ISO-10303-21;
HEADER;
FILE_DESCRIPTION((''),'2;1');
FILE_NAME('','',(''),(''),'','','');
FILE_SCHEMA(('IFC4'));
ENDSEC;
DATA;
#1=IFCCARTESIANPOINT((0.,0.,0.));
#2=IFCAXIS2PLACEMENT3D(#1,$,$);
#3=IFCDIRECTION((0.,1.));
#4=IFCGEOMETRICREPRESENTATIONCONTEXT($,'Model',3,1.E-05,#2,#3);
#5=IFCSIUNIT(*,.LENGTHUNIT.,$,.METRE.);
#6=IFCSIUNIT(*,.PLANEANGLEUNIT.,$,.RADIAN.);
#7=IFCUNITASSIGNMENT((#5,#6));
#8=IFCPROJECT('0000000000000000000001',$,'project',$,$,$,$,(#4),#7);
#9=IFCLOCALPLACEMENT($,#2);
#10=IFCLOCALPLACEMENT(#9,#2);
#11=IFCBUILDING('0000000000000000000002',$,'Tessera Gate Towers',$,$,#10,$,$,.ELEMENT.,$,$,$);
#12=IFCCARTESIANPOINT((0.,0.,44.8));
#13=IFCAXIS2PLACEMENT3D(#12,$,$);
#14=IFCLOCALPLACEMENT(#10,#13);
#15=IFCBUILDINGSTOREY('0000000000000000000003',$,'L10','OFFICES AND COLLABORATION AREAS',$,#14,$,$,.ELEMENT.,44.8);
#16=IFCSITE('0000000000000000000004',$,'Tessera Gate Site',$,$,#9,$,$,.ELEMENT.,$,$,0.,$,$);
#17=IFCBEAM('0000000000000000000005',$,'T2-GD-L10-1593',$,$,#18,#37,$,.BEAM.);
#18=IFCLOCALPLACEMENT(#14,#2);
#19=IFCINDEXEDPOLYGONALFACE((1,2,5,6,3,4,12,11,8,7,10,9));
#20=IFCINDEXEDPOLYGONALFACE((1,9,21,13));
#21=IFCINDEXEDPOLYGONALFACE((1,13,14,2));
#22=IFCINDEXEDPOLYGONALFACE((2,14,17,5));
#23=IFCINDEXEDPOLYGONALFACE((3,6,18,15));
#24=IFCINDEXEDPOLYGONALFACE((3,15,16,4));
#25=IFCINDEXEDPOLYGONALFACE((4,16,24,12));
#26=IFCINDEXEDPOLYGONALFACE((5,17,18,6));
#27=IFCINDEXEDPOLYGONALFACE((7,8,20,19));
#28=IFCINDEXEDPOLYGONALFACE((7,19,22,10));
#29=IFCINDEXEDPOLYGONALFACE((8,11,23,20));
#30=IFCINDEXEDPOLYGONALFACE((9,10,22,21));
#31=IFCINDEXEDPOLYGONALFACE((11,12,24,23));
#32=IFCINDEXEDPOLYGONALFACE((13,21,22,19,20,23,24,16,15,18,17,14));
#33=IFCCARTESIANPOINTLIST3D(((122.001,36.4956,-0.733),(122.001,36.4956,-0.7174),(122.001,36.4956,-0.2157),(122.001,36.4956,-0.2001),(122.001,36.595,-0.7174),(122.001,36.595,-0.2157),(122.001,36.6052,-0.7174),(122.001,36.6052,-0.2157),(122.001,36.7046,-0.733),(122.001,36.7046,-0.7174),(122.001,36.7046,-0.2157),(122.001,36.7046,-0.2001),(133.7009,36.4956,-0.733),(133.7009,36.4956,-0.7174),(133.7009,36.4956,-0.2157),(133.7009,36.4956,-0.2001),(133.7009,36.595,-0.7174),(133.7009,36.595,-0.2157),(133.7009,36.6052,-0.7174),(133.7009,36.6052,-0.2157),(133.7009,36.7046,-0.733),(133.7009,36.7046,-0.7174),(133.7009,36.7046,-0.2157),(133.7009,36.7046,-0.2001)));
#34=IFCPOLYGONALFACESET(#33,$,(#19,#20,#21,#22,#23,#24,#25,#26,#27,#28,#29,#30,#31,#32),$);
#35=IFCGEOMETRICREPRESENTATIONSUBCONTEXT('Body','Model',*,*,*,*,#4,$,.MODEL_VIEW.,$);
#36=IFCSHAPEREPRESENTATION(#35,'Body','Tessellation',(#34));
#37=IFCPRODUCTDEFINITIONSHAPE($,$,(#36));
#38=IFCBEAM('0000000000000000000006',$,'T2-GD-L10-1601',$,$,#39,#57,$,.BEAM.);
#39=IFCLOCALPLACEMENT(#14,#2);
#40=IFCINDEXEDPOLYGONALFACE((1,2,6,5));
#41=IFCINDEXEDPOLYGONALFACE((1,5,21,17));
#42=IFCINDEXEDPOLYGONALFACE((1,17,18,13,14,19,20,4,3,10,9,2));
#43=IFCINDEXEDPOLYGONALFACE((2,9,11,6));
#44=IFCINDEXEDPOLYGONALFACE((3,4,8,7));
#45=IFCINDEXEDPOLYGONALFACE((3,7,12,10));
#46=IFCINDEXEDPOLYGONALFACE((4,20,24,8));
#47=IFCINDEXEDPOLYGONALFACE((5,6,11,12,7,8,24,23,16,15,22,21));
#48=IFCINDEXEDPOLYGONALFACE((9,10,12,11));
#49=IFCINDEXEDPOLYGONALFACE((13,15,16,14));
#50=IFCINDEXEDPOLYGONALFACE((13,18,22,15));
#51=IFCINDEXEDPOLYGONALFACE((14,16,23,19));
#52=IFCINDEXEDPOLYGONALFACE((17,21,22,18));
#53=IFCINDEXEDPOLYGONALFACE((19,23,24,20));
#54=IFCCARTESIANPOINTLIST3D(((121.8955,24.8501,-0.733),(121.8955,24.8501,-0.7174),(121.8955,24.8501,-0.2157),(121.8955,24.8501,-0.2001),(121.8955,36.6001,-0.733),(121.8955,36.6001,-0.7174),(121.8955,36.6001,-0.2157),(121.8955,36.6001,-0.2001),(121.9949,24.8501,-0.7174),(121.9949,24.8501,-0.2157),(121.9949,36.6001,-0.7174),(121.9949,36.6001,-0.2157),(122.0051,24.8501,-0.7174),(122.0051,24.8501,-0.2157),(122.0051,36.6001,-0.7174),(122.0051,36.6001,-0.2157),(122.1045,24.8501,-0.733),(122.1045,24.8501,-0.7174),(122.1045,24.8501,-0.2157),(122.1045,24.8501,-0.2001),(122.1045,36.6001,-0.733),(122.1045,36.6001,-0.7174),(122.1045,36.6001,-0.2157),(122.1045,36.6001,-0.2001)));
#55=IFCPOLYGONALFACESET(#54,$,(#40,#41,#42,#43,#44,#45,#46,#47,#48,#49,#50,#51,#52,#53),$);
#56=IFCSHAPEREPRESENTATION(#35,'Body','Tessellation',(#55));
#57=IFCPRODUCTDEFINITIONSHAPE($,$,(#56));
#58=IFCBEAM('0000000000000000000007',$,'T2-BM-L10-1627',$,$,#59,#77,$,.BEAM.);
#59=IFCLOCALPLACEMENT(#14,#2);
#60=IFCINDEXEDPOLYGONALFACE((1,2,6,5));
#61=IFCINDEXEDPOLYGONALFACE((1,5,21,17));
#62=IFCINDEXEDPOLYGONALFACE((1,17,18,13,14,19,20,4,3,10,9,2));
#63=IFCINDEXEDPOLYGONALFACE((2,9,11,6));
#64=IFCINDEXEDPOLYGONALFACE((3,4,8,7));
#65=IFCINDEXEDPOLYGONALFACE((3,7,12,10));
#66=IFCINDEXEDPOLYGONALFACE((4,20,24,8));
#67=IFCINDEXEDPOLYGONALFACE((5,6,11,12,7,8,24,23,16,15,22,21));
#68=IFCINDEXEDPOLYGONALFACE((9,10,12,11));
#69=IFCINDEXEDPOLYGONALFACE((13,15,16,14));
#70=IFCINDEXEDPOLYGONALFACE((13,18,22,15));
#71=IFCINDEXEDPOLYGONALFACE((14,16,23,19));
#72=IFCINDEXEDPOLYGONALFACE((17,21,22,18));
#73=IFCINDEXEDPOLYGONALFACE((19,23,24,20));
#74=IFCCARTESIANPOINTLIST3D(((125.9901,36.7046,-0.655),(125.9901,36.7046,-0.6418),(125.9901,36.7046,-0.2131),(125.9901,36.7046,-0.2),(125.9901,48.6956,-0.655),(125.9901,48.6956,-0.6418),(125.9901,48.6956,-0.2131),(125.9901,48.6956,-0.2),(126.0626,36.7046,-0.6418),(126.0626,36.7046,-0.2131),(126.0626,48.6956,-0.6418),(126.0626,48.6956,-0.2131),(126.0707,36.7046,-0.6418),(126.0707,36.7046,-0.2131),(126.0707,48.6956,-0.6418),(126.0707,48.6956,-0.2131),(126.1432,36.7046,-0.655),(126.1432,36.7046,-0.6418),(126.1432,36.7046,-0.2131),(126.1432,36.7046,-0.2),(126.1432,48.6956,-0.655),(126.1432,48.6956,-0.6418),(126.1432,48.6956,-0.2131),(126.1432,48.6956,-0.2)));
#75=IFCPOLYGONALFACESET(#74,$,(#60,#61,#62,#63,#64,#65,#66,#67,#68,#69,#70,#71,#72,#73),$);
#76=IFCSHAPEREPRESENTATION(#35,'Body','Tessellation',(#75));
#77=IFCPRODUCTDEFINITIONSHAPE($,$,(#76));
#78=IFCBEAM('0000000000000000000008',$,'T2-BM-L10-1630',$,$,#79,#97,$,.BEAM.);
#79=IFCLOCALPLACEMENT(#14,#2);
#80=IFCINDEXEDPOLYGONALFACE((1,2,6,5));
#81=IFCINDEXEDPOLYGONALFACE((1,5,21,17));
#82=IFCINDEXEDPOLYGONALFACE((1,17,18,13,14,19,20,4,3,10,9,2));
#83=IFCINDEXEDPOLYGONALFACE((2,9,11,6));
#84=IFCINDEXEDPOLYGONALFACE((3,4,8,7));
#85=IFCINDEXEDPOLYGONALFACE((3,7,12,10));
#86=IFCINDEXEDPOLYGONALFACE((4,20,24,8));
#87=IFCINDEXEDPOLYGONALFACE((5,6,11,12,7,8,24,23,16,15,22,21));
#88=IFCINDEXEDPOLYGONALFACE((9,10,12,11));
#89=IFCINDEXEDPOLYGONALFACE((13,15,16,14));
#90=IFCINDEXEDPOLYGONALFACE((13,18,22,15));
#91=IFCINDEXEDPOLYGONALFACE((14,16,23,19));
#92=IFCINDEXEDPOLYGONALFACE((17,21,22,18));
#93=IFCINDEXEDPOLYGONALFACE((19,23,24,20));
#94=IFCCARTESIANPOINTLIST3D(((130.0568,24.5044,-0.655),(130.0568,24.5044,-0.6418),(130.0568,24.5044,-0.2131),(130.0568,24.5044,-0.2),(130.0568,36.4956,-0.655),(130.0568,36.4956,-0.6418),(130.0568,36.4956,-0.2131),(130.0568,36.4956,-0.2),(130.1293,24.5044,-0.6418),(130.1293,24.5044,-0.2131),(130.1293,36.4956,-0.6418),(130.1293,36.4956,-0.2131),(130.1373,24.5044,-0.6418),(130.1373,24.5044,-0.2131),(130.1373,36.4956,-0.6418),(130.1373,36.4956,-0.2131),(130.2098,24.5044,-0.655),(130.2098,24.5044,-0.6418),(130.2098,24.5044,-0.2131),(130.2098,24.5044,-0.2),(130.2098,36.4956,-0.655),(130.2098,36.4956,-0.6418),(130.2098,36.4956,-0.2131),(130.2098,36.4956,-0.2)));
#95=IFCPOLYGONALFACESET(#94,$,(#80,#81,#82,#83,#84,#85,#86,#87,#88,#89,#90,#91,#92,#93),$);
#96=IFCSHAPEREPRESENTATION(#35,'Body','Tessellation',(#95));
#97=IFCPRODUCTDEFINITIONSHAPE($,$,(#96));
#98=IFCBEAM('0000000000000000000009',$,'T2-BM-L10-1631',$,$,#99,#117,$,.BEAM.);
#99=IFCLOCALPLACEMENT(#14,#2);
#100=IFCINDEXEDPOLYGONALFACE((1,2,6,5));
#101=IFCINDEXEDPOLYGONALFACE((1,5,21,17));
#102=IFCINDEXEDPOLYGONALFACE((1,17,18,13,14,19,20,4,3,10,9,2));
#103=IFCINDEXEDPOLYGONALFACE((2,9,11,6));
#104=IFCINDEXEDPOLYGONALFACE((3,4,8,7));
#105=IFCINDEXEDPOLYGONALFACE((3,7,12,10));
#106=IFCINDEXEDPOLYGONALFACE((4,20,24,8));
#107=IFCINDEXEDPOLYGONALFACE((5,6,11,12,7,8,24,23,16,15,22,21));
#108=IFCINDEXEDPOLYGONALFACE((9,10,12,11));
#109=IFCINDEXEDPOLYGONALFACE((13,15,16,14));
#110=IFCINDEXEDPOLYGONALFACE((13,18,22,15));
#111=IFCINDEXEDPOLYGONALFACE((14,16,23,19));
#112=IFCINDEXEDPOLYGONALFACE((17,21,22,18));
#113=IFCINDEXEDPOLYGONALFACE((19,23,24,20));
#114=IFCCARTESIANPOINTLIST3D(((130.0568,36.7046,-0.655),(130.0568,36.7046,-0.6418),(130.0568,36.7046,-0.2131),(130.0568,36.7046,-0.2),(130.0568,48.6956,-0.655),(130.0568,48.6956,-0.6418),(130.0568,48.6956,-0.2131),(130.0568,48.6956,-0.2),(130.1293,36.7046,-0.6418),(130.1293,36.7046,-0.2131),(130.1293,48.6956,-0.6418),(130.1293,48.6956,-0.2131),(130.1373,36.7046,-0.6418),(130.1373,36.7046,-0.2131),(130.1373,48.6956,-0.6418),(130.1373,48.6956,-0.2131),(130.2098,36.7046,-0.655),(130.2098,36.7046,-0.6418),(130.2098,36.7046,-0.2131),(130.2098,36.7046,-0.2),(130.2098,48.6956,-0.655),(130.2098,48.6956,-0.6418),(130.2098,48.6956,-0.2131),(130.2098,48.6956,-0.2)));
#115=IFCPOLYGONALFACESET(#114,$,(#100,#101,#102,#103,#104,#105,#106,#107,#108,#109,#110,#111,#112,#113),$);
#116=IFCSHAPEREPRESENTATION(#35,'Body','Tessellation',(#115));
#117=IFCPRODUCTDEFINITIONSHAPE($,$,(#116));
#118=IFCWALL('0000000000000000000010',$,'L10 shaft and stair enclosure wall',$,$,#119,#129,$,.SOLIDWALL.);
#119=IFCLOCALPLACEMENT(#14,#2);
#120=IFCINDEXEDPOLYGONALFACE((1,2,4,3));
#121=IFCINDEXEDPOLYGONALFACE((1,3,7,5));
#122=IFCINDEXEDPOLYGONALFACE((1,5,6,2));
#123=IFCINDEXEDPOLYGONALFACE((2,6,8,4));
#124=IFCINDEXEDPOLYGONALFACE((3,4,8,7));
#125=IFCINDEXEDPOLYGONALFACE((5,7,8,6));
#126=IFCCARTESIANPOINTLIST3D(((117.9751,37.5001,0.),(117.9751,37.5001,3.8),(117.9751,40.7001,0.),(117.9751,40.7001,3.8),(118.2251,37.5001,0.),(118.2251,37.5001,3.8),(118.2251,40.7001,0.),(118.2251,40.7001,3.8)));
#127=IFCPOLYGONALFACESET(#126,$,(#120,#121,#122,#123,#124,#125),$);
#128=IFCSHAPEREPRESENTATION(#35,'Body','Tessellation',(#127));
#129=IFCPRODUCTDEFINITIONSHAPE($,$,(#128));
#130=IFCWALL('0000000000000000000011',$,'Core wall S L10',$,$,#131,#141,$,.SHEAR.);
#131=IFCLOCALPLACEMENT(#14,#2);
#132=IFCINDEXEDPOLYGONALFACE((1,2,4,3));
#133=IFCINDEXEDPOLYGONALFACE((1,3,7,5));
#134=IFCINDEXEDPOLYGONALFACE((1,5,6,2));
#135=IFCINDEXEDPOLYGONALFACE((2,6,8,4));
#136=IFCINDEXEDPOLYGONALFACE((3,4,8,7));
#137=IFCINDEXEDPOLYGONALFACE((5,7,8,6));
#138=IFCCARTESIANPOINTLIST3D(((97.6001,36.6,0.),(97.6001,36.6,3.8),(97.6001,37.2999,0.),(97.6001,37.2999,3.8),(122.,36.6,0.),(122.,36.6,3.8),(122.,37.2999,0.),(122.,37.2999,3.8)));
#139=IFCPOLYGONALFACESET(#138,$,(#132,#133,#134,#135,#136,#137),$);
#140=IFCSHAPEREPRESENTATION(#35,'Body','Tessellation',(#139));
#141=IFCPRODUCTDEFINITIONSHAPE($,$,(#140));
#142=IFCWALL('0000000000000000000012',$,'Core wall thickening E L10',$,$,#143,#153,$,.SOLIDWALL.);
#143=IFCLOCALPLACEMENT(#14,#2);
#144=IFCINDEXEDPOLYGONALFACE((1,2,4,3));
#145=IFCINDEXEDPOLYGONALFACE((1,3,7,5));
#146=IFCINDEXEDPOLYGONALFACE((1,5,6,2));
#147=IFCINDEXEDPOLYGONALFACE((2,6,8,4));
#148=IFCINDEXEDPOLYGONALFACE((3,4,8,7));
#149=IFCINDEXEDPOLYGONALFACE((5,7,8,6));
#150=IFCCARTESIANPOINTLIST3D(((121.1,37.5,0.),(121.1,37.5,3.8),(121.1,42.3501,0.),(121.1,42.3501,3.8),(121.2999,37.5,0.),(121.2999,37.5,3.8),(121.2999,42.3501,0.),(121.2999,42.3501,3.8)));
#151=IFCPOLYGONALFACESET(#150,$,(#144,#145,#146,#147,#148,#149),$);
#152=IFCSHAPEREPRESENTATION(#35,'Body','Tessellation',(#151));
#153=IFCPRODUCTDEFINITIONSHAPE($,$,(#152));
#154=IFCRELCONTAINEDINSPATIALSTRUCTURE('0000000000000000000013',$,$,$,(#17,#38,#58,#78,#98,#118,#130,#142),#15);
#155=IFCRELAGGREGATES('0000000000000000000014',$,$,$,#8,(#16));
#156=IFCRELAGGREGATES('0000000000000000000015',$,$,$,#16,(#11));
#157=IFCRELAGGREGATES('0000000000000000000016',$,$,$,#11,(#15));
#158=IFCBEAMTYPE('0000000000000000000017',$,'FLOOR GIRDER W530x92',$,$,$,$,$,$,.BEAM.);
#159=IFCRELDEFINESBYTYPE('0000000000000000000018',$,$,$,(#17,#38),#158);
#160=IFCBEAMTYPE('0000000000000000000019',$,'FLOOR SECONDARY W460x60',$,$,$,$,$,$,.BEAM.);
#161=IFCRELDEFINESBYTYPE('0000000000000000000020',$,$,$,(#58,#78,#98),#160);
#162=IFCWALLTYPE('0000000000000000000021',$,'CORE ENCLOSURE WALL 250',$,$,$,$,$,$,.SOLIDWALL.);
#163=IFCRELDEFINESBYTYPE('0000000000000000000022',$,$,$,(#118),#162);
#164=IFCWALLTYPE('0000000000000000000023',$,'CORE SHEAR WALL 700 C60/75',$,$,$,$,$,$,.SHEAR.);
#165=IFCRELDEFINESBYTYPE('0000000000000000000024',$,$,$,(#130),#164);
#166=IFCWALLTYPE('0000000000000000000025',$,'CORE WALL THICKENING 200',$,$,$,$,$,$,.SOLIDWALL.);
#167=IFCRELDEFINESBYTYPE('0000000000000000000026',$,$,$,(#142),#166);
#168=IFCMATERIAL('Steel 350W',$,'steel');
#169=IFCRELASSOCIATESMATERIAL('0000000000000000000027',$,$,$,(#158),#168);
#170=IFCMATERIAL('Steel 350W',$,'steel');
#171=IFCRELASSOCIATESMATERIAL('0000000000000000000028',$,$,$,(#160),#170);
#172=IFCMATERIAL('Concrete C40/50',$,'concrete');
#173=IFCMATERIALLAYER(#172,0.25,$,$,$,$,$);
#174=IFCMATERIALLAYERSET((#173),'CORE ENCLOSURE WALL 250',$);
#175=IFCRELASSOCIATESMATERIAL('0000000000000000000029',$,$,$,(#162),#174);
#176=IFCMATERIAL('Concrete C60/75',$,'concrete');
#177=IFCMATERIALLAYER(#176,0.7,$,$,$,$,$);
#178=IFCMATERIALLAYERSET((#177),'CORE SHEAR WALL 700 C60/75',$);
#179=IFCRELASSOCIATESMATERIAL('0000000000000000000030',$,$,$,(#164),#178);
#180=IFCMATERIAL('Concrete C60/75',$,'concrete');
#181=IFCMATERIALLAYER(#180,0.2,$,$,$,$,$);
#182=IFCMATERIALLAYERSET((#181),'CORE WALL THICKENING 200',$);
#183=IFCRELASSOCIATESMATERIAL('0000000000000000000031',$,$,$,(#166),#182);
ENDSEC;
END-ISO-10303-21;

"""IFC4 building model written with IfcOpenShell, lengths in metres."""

from ifc_helpers import new_model, si_unit, direction, frame, frame_2d, origin, origin_2d, place, context, subcontext, project, spatial, rectangle, i_section, extrude, material, layer, layer_set, material_profile, profile_set, type_object, element, save


model = new_model("IFC4")

# Units and contexts
model_context = context("Model", 3, precision=1e-05, world=origin(), true_north=direction((0.0, 1.0)))
body_context = subcontext(model_context, "Body", "Model", "MODEL_VIEW")
ifc_project = project(units=[si_unit("LENGTHUNIT", "METRE"), si_unit("PLANEANGLEUNIT", "RADIAN")], contexts=[model_context])

# Site, building, storey
site_placement = place(None, origin())
site = spatial("IfcSite", under=ifc_project, at=site_placement, Name="Tessera Gate Site", CompositionType="ELEMENT", RefElevation=0.0)
building_placement = place(site_placement, origin())
building = spatial("IfcBuilding", under=site, at=building_placement, Name="Tessera Gate Towers", CompositionType="ELEMENT")
storey_placement = place(building_placement, frame((0.0, 0.0, 44.8)))
storey = spatial("IfcBuildingStorey", under=building, at=storey_placement, Name="L10", Description="OFFICES AND COLLABORATION AREAS", CompositionType="ELEMENT", Elevation=44.8)

# Beams
ifc_material_1 = material(Name="Steel 350W", Category="steel")
ifc_material_profile_1 = material_profile(ifc_material_1, i_section(OverallWidth=0.209, OverallDepth=0.533, WebThickness=0.0103, FlangeThickness=0.0156, at=origin_2d()), Name="W530x92")
ifc_profile_set_1 = profile_set([ifc_material_profile_1], Name="Steel 350W")
beam_type_1 = type_object("IfcBeamType", Name="FLOOR GIRDER W530x92", PredefinedType="BEAM", material=ifc_profile_set_1)
beam_1_placement = place(storey_placement, frame((122.001, 36.6001, -0.4666), z_axis=(1.0, 0.0, 0.0), x_axis=(0.0, 1.0, 0.0)))
element("IfcBeam", 1, at=beam_1_placement, inside=storey, type_object=beam_type_1, Name="T2-GD-L10-1593", PredefinedType="BEAM", context=body_context, shape_type="SweptSolid", body=[
    extrude(i_section(OverallWidth=0.209, OverallDepth=0.533, WebThickness=0.0103, FlangeThickness=0.0156, at=origin_2d()), origin(), (0.0, 0.0, 1.0), 11.7),
])
beam_2_placement = place(storey_placement, frame((122.0, 24.8501, -0.4666), z_axis=(0.0, 1.0, 0.0), x_axis=(-1.0, 0.0, 0.0)))
element("IfcBeam", 2, at=beam_2_placement, inside=storey, type_object=beam_type_1, Name="T2-GD-L10-1601", PredefinedType="BEAM", context=body_context, shape_type="SweptSolid", body=[
    extrude(i_section(OverallWidth=0.209, OverallDepth=0.533, WebThickness=0.0103, FlangeThickness=0.0156, at=origin_2d()), origin(), (0.0, 0.0, 1.0), 11.75),
])
ifc_material_2 = material(Name="Steel 350W", Category="steel")
ifc_material_profile_2 = material_profile(ifc_material_2, i_section(OverallWidth=0.1531, OverallDepth=0.4551, WebThickness=0.0081, FlangeThickness=0.0132, at=origin_2d()), Name="W460x60")
ifc_profile_set_2 = profile_set([ifc_material_profile_2], Name="Steel 350W")
beam_type_2 = type_object("IfcBeamType", Name="FLOOR SECONDARY W460x60", PredefinedType="BEAM", material=ifc_profile_set_2)
beam_3_placement = place(storey_placement, frame((126.0667, 36.7046, -0.4275), z_axis=(0.0, 1.0, 0.0), x_axis=(-1.0, 0.0, 0.0)))
element("IfcBeam", 3, at=beam_3_placement, inside=storey, type_object=beam_type_2, Name="T2-BM-L10-1627", PredefinedType="BEAM", context=body_context, shape_type="SweptSolid", body=[
    extrude(i_section(OverallWidth=0.1531, OverallDepth=0.4551, WebThickness=0.0081, FlangeThickness=0.0132, at=origin_2d()), origin(), (0.0, 0.0, 1.0), 11.991),
])
beam_4_placement = place(storey_placement, frame((130.1333, 24.5044, -0.4275), z_axis=(0.0, 1.0, 0.0), x_axis=(-1.0, 0.0, 0.0)))
element("IfcBeam", 4, at=beam_4_placement, inside=storey, type_object=beam_type_2, Name="T2-BM-L10-1630", PredefinedType="BEAM", context=body_context, shape_type="SweptSolid", body=[
    extrude(i_section(OverallWidth=0.1531, OverallDepth=0.4551, WebThickness=0.0081, FlangeThickness=0.0132, at=origin_2d()), origin(), (0.0, 0.0, 1.0), 11.9912),
])
beam_5_placement = place(storey_placement, frame((130.1333, 36.7046, -0.4275), z_axis=(0.0, 1.0, 0.0), x_axis=(-1.0, 0.0, 0.0)))
element("IfcBeam", 5, at=beam_5_placement, inside=storey, type_object=beam_type_2, Name="T2-BM-L10-1631", PredefinedType="BEAM", context=body_context, shape_type="SweptSolid", body=[
    extrude(i_section(OverallWidth=0.1531, OverallDepth=0.4551, WebThickness=0.0081, FlangeThickness=0.0132, at=origin_2d()), origin(), (0.0, 0.0, 1.0), 11.991),
])

# Walls
ifc_material_3 = material(Name="Concrete C40/50", Category="concrete")
ifc_layer_1 = layer(ifc_material_3, 0.25)
ifc_layer_set_1 = layer_set([ifc_layer_1], Name="CORE ENCLOSURE WALL 250")
wall_type_1 = type_object("IfcWallType", Name="CORE ENCLOSURE WALL 250", PredefinedType="SOLIDWALL", material=ifc_layer_set_1)
wall_1_placement = place(storey_placement, frame((118.1001, 37.5, 0.0), z_axis=(0.0, 0.0, 1.0), x_axis=(0.0, 1.0, 0.0)))
element("IfcWall", 6, at=wall_1_placement, inside=storey, type_object=wall_type_1, Name="L10 shaft and stair enclosure wall", PredefinedType="SOLIDWALL", context=body_context, shape_type="SweptSolid", body=[
    extrude(rectangle(XDim=3.2, YDim=0.25, at=frame_2d((1.6001, 0.0))), origin(), (0.0, 0.0, 1.0), 3.8),
])
ifc_material_4 = material(Name="Concrete C60/75", Category="concrete")
ifc_layer_2 = layer(ifc_material_4, 0.7)
ifc_layer_set_2 = layer_set([ifc_layer_2], Name="CORE SHEAR WALL 700 C60/75")
wall_type_2 = type_object("IfcWallType", Name="CORE SHEAR WALL 700 C60/75", PredefinedType="SHEAR", material=ifc_layer_set_2)
wall_2_placement = place(storey_placement, frame((122.0, 36.95, 0.0), z_axis=(0.0, 0.0, 1.0), x_axis=(-1.0, 0.0, 0.0)))
element("IfcWall", 7, at=wall_2_placement, inside=storey, type_object=wall_type_2, Name="Core wall S L10", PredefinedType="SHEAR", context=body_context, shape_type="SweptSolid", body=[
    extrude(rectangle(XDim=24.3999, YDim=0.7, at=frame_2d((12.2, 0.0))), origin(), (0.0, 0.0, 1.0), 3.8),
])
ifc_material_5 = material(Name="Concrete C60/75", Category="concrete")
ifc_layer_3 = layer(ifc_material_5, 0.2)
ifc_layer_set_3 = layer_set([ifc_layer_3], Name="CORE WALL THICKENING 200")
wall_type_3 = type_object("IfcWallType", Name="CORE WALL THICKENING 200", PredefinedType="SOLIDWALL", material=ifc_layer_set_3)
wall_3_placement = place(storey_placement, frame((121.2, 37.5, 0.0), z_axis=(0.0, 0.0, 1.0), x_axis=(0.0, 1.0, 0.0)))
element("IfcWall", 8, at=wall_3_placement, inside=storey, type_object=wall_type_3, Name="Core wall thickening E L10", PredefinedType="SOLIDWALL", context=body_context, shape_type="SweptSolid", body=[
    extrude(rectangle(XDim=4.8501, YDim=0.2, at=frame_2d((2.425, 0.0))), origin(), (0.0, 0.0, 1.0), 3.8),
])

save(model, "model.ifc")
